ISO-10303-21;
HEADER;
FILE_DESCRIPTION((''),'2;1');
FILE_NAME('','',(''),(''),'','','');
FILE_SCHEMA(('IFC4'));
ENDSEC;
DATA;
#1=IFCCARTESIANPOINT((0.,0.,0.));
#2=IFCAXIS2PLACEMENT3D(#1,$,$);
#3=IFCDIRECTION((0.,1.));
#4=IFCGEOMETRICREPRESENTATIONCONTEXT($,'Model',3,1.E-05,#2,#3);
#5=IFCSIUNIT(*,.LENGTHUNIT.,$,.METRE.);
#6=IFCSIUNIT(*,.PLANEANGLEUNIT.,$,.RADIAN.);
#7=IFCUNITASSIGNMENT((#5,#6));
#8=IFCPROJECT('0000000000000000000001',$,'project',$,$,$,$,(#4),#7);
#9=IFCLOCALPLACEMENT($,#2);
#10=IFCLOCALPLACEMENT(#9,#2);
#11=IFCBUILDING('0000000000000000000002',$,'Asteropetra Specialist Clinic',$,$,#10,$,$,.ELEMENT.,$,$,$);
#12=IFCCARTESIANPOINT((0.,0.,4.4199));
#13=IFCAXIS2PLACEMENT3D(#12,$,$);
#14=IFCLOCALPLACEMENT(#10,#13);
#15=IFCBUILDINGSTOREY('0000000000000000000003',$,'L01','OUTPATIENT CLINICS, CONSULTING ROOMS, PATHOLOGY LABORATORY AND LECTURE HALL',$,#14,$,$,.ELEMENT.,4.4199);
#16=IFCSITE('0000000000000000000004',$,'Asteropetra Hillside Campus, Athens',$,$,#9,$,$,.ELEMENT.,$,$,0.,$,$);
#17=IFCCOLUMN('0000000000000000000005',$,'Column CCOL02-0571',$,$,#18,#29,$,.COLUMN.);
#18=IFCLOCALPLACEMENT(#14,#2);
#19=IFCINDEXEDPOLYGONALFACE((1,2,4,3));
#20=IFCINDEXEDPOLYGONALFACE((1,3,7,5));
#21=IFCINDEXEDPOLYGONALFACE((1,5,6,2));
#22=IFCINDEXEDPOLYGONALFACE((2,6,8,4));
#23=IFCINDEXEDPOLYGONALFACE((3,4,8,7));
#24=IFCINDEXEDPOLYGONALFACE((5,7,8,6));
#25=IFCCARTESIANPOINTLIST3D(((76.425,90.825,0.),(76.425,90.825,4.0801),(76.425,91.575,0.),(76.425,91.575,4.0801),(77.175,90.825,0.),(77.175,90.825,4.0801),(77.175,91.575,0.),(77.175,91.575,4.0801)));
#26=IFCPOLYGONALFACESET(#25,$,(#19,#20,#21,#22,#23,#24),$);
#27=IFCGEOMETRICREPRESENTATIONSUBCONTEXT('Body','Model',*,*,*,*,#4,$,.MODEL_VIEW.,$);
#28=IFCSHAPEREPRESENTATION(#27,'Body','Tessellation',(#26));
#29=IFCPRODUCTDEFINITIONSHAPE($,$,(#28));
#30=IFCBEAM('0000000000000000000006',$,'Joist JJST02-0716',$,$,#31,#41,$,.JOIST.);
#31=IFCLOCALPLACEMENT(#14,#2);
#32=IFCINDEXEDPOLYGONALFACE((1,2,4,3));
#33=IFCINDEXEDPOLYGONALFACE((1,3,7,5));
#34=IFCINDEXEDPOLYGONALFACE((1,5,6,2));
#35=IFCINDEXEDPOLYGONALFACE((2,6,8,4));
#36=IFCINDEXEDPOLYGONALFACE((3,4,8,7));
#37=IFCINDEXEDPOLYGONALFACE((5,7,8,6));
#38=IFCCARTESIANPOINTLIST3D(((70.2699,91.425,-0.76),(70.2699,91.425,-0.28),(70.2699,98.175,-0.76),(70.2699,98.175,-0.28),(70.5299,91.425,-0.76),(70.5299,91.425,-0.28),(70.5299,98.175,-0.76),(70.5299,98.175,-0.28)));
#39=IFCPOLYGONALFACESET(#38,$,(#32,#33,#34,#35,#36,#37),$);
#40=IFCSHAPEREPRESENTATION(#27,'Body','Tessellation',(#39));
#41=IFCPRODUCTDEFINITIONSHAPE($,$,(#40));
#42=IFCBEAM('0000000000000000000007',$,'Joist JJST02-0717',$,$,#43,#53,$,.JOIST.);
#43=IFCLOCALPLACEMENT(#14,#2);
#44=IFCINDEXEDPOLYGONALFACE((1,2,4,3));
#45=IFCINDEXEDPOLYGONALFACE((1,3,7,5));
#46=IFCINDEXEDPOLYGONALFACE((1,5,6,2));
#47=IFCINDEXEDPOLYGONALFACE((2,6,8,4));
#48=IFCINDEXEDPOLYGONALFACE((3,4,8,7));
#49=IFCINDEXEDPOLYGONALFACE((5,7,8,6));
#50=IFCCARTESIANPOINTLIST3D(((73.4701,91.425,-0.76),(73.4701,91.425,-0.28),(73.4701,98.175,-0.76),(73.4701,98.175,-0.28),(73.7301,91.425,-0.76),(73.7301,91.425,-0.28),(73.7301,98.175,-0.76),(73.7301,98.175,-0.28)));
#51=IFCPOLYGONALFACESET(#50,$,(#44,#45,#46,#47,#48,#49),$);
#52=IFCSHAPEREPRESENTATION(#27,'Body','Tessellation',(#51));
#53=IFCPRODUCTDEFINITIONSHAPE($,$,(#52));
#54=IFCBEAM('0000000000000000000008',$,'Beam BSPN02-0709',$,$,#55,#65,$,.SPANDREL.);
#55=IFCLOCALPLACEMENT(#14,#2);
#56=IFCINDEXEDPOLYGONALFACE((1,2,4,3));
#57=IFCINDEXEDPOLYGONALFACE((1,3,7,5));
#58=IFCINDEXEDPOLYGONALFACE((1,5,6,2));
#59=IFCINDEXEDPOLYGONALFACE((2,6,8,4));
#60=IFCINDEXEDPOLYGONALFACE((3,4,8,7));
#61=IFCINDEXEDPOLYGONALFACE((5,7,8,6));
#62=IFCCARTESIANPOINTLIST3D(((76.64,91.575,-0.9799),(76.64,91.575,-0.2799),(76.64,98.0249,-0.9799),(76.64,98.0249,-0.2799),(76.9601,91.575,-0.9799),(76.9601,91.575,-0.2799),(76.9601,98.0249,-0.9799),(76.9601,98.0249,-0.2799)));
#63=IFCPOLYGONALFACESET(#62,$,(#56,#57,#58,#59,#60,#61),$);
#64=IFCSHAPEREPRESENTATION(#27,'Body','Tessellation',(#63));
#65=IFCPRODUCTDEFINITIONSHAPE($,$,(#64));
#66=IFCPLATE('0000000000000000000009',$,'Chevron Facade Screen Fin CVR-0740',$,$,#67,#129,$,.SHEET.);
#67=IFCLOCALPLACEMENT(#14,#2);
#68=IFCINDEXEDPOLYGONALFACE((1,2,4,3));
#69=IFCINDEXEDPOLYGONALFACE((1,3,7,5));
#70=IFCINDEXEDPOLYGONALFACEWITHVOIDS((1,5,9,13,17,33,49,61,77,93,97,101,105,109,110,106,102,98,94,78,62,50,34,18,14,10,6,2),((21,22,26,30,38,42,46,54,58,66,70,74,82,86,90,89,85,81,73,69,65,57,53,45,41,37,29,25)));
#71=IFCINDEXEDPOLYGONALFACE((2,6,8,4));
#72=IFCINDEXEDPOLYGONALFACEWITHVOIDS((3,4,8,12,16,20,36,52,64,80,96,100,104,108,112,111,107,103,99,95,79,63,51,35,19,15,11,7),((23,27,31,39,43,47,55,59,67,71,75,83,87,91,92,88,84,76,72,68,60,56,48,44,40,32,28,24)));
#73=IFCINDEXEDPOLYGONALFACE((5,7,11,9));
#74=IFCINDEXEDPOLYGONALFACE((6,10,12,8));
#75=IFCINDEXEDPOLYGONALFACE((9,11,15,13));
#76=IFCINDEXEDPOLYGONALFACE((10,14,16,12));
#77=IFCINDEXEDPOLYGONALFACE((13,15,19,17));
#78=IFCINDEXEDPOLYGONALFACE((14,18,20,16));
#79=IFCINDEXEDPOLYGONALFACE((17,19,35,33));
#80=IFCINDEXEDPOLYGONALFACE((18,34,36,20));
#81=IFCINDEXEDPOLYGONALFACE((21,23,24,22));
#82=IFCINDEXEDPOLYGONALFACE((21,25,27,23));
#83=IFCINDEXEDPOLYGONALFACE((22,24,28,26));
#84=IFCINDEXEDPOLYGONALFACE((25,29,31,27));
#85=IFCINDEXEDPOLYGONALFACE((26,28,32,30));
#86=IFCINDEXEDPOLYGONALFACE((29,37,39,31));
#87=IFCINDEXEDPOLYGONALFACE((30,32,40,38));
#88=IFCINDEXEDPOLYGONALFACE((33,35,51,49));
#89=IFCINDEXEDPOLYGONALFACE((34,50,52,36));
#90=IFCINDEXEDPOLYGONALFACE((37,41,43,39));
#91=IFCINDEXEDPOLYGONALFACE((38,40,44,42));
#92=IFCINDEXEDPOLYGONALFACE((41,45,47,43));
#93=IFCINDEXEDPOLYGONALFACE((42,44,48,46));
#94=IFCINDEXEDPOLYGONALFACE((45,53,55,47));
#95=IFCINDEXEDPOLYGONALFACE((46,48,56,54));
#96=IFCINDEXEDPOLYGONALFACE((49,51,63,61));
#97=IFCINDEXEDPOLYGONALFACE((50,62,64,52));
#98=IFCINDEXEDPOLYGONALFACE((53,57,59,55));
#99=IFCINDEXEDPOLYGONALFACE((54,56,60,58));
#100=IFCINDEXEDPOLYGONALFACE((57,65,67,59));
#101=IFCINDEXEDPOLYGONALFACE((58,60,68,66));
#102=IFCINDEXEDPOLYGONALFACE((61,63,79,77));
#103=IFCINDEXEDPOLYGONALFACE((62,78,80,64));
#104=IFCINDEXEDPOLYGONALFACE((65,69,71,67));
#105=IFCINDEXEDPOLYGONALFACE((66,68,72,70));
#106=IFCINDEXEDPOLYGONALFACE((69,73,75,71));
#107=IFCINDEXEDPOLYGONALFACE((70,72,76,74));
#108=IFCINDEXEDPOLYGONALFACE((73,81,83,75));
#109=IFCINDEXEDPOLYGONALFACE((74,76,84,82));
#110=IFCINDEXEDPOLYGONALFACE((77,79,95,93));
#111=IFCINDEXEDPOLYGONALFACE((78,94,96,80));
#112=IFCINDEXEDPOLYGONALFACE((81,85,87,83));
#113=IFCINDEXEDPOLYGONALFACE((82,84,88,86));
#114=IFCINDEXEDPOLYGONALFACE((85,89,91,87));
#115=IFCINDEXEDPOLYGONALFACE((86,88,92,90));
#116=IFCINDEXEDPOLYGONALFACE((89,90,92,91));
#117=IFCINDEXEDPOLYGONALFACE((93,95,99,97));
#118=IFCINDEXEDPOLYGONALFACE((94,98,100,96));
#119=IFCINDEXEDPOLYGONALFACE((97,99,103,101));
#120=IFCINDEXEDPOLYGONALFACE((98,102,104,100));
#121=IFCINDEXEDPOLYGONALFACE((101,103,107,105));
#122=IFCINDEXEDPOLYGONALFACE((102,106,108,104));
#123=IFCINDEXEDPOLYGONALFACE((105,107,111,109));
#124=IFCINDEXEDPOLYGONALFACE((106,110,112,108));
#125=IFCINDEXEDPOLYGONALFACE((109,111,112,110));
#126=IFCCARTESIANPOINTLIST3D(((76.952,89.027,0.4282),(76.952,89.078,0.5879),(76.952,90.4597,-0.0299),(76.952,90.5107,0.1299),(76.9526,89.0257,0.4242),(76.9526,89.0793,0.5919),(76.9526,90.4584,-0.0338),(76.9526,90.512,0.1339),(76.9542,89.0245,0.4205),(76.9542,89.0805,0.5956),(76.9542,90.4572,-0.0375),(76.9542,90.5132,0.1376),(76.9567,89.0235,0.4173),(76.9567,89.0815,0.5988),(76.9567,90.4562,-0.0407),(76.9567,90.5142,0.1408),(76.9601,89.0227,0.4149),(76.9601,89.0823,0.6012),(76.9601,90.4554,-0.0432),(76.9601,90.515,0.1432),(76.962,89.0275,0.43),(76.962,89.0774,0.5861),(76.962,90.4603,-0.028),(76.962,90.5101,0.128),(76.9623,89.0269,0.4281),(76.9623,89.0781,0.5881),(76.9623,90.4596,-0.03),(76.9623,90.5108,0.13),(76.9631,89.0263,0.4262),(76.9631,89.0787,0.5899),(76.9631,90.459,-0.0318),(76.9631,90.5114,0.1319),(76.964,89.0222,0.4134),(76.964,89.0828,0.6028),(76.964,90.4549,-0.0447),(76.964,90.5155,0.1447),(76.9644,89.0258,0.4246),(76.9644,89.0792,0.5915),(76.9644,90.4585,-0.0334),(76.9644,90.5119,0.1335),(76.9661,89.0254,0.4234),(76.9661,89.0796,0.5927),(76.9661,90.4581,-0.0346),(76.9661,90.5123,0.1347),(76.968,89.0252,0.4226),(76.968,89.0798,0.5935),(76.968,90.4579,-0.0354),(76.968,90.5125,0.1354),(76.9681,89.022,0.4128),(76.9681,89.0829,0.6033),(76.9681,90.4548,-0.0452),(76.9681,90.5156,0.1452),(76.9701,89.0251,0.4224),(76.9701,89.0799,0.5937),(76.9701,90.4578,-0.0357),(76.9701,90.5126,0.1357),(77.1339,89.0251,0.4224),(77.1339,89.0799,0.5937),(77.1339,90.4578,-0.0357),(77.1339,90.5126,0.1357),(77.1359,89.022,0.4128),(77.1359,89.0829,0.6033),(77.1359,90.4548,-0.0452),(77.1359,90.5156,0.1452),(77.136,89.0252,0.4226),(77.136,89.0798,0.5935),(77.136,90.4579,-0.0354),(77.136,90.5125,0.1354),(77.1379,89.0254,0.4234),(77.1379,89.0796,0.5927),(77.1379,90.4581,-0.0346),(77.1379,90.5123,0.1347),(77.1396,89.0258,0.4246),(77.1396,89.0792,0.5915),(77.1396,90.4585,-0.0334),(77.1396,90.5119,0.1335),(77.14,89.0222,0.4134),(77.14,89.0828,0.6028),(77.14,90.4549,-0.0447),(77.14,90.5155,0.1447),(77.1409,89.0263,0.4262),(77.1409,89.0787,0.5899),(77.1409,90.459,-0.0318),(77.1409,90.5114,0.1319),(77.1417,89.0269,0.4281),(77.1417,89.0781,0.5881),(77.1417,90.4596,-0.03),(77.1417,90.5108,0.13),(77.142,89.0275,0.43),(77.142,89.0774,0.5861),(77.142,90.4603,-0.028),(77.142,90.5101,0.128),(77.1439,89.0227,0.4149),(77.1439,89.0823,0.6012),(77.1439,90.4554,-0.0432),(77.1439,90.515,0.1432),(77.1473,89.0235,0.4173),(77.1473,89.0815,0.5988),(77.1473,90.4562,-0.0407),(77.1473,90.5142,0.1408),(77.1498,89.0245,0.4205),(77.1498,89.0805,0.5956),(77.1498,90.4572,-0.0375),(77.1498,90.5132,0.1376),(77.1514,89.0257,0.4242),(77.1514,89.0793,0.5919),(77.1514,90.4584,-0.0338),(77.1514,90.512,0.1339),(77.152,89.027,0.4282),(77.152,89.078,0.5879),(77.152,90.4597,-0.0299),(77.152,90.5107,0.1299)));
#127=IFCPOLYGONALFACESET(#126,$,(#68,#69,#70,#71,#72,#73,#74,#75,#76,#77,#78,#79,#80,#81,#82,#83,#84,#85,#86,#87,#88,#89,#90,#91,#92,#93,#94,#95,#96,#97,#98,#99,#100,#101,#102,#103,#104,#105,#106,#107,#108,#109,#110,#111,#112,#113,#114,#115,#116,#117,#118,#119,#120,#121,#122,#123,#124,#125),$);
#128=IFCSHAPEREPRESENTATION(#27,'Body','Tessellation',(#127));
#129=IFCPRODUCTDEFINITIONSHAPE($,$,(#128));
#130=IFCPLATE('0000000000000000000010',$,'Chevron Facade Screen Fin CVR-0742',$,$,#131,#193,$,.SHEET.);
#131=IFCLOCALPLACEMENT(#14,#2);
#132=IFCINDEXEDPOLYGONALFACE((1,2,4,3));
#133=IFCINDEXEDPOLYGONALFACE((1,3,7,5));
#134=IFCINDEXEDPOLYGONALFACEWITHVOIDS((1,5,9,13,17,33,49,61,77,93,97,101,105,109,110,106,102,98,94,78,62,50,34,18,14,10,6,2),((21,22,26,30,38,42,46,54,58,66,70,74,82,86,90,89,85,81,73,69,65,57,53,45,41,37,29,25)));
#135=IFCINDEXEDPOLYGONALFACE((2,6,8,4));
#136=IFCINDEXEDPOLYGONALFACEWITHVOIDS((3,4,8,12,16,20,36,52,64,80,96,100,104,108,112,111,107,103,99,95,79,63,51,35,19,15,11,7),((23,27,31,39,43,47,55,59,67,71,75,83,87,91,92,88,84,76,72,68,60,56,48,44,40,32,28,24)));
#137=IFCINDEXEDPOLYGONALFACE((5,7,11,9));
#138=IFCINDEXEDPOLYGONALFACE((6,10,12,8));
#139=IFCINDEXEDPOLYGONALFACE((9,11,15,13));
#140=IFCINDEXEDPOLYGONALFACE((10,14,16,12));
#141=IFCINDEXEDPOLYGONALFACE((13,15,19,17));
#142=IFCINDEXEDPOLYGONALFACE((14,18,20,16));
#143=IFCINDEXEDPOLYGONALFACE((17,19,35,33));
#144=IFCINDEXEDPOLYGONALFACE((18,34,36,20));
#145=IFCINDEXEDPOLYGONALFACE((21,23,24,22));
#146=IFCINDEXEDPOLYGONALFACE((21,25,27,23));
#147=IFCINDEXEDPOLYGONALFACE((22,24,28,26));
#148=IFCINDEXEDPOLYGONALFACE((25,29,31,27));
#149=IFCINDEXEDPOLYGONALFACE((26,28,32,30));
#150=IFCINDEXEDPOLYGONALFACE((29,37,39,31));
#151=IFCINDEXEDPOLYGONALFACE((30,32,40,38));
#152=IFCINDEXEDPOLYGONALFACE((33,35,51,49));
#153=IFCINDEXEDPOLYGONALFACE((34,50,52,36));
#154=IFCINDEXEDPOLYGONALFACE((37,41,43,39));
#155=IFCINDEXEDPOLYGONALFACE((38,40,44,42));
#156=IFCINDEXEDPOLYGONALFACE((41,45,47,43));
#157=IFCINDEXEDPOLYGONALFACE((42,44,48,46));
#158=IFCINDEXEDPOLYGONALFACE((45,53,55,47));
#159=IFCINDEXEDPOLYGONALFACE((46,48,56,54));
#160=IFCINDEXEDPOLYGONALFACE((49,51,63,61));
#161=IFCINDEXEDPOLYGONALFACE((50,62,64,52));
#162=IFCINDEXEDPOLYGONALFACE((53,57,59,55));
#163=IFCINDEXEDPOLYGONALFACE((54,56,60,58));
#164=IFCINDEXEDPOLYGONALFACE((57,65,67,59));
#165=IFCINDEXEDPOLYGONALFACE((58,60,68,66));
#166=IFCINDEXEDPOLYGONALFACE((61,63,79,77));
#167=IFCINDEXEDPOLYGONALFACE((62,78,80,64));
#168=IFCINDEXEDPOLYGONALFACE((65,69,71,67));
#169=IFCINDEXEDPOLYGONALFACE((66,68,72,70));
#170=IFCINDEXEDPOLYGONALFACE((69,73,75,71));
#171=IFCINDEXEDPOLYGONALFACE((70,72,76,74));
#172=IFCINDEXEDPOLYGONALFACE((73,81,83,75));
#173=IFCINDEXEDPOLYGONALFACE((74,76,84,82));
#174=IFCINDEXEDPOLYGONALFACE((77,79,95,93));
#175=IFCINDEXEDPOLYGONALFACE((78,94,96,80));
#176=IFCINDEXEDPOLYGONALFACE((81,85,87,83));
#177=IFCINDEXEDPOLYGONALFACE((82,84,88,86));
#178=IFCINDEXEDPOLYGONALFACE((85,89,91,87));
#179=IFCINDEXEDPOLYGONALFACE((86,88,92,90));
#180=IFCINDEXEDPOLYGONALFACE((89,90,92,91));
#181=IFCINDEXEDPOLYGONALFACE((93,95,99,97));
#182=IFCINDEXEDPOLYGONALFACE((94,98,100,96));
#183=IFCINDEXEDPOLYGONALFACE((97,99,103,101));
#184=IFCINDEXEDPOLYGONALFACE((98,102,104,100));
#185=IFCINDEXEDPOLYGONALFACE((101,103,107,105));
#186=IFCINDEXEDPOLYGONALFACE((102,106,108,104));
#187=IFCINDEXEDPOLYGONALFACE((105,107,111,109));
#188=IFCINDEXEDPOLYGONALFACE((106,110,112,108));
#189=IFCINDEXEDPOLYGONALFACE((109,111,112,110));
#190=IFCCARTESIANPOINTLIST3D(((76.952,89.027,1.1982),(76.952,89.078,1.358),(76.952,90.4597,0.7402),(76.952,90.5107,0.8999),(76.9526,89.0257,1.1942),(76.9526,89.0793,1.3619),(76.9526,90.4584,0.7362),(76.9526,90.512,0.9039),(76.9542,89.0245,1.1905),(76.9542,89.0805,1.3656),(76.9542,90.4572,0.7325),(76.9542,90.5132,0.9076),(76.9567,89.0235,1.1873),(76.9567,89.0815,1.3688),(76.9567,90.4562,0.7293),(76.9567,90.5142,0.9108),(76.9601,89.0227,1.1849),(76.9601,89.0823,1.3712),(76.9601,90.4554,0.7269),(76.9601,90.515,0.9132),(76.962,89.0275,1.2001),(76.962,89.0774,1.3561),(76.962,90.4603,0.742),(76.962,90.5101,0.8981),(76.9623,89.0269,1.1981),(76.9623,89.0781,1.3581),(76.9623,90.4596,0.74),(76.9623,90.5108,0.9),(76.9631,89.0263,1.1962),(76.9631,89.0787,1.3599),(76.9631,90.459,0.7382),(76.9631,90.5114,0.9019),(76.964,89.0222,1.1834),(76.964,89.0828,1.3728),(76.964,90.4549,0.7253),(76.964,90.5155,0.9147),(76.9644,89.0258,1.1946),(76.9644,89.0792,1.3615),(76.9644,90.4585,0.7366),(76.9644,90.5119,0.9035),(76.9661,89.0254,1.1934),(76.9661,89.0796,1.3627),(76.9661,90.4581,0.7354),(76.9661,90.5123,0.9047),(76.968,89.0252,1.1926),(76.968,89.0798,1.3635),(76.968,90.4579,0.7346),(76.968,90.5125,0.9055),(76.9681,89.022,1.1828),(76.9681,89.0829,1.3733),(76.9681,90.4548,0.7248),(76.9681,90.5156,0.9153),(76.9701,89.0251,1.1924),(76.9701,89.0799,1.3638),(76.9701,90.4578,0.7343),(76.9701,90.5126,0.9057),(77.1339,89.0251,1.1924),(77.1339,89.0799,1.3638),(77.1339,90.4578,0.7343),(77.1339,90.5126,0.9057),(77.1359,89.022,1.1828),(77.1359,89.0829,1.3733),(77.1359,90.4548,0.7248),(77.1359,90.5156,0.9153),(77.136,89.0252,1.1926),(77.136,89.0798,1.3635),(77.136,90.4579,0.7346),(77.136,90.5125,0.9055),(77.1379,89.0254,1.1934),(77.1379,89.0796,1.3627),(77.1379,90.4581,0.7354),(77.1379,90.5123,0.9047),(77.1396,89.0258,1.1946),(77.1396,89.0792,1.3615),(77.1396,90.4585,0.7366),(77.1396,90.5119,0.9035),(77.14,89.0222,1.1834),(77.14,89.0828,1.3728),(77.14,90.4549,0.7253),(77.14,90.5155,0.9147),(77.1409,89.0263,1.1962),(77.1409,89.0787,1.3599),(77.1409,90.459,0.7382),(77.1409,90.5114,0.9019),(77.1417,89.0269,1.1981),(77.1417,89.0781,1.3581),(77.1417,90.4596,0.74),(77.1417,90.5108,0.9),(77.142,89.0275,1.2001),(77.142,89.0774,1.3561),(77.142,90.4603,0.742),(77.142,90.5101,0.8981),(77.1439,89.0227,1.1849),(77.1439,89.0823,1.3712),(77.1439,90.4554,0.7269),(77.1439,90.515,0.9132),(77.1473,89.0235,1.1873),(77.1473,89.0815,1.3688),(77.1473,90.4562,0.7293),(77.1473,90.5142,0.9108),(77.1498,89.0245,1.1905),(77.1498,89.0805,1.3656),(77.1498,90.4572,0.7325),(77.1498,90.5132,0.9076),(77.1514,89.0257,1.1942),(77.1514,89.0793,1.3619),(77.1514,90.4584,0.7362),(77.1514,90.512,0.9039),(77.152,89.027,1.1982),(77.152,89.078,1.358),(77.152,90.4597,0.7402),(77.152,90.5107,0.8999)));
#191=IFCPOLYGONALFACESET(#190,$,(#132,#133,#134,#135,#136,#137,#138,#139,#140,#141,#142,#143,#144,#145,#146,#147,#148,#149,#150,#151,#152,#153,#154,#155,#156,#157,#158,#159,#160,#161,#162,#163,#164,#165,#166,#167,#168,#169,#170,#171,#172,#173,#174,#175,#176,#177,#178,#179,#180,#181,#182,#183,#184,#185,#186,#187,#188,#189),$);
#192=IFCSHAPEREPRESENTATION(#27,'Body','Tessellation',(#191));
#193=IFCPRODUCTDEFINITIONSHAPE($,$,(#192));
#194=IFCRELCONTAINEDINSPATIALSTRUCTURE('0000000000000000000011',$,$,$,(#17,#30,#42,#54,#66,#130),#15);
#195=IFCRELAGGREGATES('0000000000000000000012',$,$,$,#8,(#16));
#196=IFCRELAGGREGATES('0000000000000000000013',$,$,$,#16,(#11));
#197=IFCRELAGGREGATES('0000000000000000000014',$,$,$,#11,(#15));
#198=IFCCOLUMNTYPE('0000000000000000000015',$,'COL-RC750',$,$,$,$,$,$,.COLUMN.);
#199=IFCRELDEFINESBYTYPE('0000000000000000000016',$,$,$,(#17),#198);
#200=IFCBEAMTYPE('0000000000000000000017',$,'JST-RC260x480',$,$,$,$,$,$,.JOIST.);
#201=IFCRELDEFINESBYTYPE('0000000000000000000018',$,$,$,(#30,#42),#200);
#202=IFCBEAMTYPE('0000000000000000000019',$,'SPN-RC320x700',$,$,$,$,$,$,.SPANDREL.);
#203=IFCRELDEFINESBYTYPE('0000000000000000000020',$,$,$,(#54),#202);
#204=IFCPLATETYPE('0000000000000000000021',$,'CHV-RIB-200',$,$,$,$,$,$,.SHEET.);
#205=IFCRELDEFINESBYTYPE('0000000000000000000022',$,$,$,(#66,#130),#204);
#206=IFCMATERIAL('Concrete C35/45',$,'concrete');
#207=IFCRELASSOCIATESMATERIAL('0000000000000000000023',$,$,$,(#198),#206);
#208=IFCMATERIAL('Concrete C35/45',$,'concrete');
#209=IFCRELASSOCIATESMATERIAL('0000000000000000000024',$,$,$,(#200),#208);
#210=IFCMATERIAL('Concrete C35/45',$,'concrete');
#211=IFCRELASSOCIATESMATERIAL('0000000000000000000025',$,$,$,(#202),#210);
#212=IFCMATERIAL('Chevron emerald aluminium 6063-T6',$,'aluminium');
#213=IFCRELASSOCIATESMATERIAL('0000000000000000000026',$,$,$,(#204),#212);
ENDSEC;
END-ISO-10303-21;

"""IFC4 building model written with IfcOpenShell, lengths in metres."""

from ifc_helpers import new_model, si_unit, direction, frame, origin, origin_2d, place, context, subcontext, project, spatial, rectangle, hollow_rectangle, extrude, material, material_profile, profile_set, type_object, element, save


model = new_model("IFC4")

# Units and contexts
model_context = context("Model", 3, precision=1e-05, world=origin(), true_north=direction((0.0, 1.0)))
body_context = subcontext(model_context, "Body", "Model", "MODEL_VIEW")
ifc_project = project(units=[si_unit("LENGTHUNIT", "METRE"), si_unit("PLANEANGLEUNIT", "RADIAN")], contexts=[model_context])

# Site, building, storey
site_placement = place(None, origin())
site = spatial("IfcSite", under=ifc_project, at=site_placement, Name="Asteropetra Hillside Campus, Athens", CompositionType="ELEMENT", RefElevation=0.0)
building_placement = place(site_placement, origin())
building = spatial("IfcBuilding", under=site, at=building_placement, Name="Asteropetra Specialist Clinic", CompositionType="ELEMENT")
storey_placement = place(building_placement, frame((0.0, 0.0, 4.4199)))
storey = spatial("IfcBuildingStorey", under=building, at=storey_placement, Name="L01", Description="OUTPATIENT CLINICS, CONSULTING ROOMS, PATHOLOGY LABORATORY AND LECTURE HALL", CompositionType="ELEMENT", Elevation=4.4199)

# Column
ifc_material_1 = material(Name="Concrete C35/45", Category="concrete")
ifc_material_profile_1 = material_profile(ifc_material_1, rectangle(XDim=0.75, YDim=0.75, at=origin_2d()), Name="RC 750x750")
ifc_profile_set_1 = profile_set([ifc_material_profile_1], Name="Concrete C35/45")
column_type = type_object("IfcColumnType", Name="COL-RC750", PredefinedType="COLUMN", material=ifc_profile_set_1)
column_placement = place(storey_placement, frame((76.8, 91.2, 0.0), z_axis=(0.0, 0.0, 1.0), x_axis=(1.0, 0.0, 0.0)))
element("IfcColumn", 1, at=column_placement, inside=storey, type_object=column_type, Name="Column CCOL02-0571", PredefinedType="COLUMN", context=body_context, shape_type="SweptSolid", body=[
    extrude(rectangle(XDim=0.75, YDim=0.75, at=origin_2d()), origin(), (0.0, 0.0, 1.0), 4.0801),
])

# Beams
ifc_material_2 = material(Name="Concrete C35/45", Category="concrete")
ifc_material_profile_2 = material_profile(ifc_material_2, rectangle(XDim=0.26, YDim=0.48, at=origin_2d()), Name="RCJ 260x480")
ifc_profile_set_2 = profile_set([ifc_material_profile_2], Name="Concrete C35/45")
beam_type_1 = type_object("IfcBeamType", Name="JST-RC260x480", PredefinedType="JOIST", material=ifc_profile_set_2)
for number, where, z_axis, x_axis, name in (
    (2, (70.3999, 91.425, -0.52), (0.0, 1.0, 0.0), (-1.0, 0.0, 0.0), "Joist JJST02-0716"),
    (3, (73.6001, 91.425, -0.52), (0.0, 1.0, 0.0), (-1.0, 0.0, 0.0), "Joist JJST02-0717"),
):
    element("IfcBeam", number, at=place(storey_placement, frame(where, z_axis=z_axis, x_axis=x_axis)), inside=storey, type_object=beam_type_1, Name=name, PredefinedType="JOIST", context=body_context, shape_type="SweptSolid", body=[
        extrude(rectangle(XDim=0.26, YDim=0.48, at=origin_2d()), origin(), (0.0, 0.0, 1.0), 6.75),
    ])
ifc_material_3 = material(Name="Concrete C35/45", Category="concrete")
ifc_material_profile_3 = material_profile(ifc_material_3, rectangle(XDim=0.3201, YDim=0.7, at=origin_2d()), Name="RCS 320x700")
ifc_profile_set_3 = profile_set([ifc_material_profile_3], Name="Concrete C35/45")
beam_type_2 = type_object("IfcBeamType", Name="SPN-RC320x700", PredefinedType="SPANDREL", material=ifc_profile_set_3)
beam_placement = place(storey_placement, frame((76.8, 91.575, -0.6299), z_axis=(0.0, 1.0, 0.0), x_axis=(-1.0, 0.0, 0.0)))
element("IfcBeam", 4, at=beam_placement, inside=storey, type_object=beam_type_2, Name="Beam BSPN02-0709", PredefinedType="SPANDREL", context=body_context, shape_type="SweptSolid", body=[
    extrude(rectangle(XDim=0.3201, YDim=0.7, at=origin_2d()), origin(), (0.0, 0.0, 1.0), 6.45),
])

# Plates
ifc_material_4 = material(Name="Chevron emerald aluminium 6063-T6", Category="aluminium")
ifc_material_profile_4 = material_profile(ifc_material_4, hollow_rectangle(XDim=0.2, YDim=0.2, WallThickness=0.01, InnerFilletRadius=0.0081, OuterFilletRadius=0.0161, at=origin_2d()), Name="SHS 200x200x10.0")
ifc_profile_set_4 = profile_set([ifc_material_profile_4], Name="Chevron emerald aluminium 6063-T6")
plate_type_1 = type_object("IfcPlateType", Name="CHV-RIB-200", PredefinedType="SHEET", material=ifc_profile_set_4)
for number, where, z_axis, x_axis, name in (
    (5, (77.052, 89.0525, 0.5081), (0.0, 0.952507, -0.304517), (-1.0, 0.0, 0.0), "Chevron Facade Screen Fin CVR-0740"),
    (6, (77.052, 89.0525, 1.2781), (0.0, 0.952507, -0.304517), (-1.0, 0.0, 0.0), "Chevron Facade Screen Fin CVR-0742"),
):
    element("IfcPlate", number, at=place(storey_placement, frame(where, z_axis=z_axis, x_axis=x_axis)), inside=storey, type_object=plate_type_1, Name=name, PredefinedType="SHEET", context=body_context, shape_type="SweptSolid", body=[
        extrude(hollow_rectangle(XDim=0.2, YDim=0.2, WallThickness=0.01, InnerFilletRadius=0.0081, OuterFilletRadius=0.0161, at=origin_2d()), origin(), (0.0, 0.0, 1.0), 1.5042),
    ])

save(model, "model.ifc")
